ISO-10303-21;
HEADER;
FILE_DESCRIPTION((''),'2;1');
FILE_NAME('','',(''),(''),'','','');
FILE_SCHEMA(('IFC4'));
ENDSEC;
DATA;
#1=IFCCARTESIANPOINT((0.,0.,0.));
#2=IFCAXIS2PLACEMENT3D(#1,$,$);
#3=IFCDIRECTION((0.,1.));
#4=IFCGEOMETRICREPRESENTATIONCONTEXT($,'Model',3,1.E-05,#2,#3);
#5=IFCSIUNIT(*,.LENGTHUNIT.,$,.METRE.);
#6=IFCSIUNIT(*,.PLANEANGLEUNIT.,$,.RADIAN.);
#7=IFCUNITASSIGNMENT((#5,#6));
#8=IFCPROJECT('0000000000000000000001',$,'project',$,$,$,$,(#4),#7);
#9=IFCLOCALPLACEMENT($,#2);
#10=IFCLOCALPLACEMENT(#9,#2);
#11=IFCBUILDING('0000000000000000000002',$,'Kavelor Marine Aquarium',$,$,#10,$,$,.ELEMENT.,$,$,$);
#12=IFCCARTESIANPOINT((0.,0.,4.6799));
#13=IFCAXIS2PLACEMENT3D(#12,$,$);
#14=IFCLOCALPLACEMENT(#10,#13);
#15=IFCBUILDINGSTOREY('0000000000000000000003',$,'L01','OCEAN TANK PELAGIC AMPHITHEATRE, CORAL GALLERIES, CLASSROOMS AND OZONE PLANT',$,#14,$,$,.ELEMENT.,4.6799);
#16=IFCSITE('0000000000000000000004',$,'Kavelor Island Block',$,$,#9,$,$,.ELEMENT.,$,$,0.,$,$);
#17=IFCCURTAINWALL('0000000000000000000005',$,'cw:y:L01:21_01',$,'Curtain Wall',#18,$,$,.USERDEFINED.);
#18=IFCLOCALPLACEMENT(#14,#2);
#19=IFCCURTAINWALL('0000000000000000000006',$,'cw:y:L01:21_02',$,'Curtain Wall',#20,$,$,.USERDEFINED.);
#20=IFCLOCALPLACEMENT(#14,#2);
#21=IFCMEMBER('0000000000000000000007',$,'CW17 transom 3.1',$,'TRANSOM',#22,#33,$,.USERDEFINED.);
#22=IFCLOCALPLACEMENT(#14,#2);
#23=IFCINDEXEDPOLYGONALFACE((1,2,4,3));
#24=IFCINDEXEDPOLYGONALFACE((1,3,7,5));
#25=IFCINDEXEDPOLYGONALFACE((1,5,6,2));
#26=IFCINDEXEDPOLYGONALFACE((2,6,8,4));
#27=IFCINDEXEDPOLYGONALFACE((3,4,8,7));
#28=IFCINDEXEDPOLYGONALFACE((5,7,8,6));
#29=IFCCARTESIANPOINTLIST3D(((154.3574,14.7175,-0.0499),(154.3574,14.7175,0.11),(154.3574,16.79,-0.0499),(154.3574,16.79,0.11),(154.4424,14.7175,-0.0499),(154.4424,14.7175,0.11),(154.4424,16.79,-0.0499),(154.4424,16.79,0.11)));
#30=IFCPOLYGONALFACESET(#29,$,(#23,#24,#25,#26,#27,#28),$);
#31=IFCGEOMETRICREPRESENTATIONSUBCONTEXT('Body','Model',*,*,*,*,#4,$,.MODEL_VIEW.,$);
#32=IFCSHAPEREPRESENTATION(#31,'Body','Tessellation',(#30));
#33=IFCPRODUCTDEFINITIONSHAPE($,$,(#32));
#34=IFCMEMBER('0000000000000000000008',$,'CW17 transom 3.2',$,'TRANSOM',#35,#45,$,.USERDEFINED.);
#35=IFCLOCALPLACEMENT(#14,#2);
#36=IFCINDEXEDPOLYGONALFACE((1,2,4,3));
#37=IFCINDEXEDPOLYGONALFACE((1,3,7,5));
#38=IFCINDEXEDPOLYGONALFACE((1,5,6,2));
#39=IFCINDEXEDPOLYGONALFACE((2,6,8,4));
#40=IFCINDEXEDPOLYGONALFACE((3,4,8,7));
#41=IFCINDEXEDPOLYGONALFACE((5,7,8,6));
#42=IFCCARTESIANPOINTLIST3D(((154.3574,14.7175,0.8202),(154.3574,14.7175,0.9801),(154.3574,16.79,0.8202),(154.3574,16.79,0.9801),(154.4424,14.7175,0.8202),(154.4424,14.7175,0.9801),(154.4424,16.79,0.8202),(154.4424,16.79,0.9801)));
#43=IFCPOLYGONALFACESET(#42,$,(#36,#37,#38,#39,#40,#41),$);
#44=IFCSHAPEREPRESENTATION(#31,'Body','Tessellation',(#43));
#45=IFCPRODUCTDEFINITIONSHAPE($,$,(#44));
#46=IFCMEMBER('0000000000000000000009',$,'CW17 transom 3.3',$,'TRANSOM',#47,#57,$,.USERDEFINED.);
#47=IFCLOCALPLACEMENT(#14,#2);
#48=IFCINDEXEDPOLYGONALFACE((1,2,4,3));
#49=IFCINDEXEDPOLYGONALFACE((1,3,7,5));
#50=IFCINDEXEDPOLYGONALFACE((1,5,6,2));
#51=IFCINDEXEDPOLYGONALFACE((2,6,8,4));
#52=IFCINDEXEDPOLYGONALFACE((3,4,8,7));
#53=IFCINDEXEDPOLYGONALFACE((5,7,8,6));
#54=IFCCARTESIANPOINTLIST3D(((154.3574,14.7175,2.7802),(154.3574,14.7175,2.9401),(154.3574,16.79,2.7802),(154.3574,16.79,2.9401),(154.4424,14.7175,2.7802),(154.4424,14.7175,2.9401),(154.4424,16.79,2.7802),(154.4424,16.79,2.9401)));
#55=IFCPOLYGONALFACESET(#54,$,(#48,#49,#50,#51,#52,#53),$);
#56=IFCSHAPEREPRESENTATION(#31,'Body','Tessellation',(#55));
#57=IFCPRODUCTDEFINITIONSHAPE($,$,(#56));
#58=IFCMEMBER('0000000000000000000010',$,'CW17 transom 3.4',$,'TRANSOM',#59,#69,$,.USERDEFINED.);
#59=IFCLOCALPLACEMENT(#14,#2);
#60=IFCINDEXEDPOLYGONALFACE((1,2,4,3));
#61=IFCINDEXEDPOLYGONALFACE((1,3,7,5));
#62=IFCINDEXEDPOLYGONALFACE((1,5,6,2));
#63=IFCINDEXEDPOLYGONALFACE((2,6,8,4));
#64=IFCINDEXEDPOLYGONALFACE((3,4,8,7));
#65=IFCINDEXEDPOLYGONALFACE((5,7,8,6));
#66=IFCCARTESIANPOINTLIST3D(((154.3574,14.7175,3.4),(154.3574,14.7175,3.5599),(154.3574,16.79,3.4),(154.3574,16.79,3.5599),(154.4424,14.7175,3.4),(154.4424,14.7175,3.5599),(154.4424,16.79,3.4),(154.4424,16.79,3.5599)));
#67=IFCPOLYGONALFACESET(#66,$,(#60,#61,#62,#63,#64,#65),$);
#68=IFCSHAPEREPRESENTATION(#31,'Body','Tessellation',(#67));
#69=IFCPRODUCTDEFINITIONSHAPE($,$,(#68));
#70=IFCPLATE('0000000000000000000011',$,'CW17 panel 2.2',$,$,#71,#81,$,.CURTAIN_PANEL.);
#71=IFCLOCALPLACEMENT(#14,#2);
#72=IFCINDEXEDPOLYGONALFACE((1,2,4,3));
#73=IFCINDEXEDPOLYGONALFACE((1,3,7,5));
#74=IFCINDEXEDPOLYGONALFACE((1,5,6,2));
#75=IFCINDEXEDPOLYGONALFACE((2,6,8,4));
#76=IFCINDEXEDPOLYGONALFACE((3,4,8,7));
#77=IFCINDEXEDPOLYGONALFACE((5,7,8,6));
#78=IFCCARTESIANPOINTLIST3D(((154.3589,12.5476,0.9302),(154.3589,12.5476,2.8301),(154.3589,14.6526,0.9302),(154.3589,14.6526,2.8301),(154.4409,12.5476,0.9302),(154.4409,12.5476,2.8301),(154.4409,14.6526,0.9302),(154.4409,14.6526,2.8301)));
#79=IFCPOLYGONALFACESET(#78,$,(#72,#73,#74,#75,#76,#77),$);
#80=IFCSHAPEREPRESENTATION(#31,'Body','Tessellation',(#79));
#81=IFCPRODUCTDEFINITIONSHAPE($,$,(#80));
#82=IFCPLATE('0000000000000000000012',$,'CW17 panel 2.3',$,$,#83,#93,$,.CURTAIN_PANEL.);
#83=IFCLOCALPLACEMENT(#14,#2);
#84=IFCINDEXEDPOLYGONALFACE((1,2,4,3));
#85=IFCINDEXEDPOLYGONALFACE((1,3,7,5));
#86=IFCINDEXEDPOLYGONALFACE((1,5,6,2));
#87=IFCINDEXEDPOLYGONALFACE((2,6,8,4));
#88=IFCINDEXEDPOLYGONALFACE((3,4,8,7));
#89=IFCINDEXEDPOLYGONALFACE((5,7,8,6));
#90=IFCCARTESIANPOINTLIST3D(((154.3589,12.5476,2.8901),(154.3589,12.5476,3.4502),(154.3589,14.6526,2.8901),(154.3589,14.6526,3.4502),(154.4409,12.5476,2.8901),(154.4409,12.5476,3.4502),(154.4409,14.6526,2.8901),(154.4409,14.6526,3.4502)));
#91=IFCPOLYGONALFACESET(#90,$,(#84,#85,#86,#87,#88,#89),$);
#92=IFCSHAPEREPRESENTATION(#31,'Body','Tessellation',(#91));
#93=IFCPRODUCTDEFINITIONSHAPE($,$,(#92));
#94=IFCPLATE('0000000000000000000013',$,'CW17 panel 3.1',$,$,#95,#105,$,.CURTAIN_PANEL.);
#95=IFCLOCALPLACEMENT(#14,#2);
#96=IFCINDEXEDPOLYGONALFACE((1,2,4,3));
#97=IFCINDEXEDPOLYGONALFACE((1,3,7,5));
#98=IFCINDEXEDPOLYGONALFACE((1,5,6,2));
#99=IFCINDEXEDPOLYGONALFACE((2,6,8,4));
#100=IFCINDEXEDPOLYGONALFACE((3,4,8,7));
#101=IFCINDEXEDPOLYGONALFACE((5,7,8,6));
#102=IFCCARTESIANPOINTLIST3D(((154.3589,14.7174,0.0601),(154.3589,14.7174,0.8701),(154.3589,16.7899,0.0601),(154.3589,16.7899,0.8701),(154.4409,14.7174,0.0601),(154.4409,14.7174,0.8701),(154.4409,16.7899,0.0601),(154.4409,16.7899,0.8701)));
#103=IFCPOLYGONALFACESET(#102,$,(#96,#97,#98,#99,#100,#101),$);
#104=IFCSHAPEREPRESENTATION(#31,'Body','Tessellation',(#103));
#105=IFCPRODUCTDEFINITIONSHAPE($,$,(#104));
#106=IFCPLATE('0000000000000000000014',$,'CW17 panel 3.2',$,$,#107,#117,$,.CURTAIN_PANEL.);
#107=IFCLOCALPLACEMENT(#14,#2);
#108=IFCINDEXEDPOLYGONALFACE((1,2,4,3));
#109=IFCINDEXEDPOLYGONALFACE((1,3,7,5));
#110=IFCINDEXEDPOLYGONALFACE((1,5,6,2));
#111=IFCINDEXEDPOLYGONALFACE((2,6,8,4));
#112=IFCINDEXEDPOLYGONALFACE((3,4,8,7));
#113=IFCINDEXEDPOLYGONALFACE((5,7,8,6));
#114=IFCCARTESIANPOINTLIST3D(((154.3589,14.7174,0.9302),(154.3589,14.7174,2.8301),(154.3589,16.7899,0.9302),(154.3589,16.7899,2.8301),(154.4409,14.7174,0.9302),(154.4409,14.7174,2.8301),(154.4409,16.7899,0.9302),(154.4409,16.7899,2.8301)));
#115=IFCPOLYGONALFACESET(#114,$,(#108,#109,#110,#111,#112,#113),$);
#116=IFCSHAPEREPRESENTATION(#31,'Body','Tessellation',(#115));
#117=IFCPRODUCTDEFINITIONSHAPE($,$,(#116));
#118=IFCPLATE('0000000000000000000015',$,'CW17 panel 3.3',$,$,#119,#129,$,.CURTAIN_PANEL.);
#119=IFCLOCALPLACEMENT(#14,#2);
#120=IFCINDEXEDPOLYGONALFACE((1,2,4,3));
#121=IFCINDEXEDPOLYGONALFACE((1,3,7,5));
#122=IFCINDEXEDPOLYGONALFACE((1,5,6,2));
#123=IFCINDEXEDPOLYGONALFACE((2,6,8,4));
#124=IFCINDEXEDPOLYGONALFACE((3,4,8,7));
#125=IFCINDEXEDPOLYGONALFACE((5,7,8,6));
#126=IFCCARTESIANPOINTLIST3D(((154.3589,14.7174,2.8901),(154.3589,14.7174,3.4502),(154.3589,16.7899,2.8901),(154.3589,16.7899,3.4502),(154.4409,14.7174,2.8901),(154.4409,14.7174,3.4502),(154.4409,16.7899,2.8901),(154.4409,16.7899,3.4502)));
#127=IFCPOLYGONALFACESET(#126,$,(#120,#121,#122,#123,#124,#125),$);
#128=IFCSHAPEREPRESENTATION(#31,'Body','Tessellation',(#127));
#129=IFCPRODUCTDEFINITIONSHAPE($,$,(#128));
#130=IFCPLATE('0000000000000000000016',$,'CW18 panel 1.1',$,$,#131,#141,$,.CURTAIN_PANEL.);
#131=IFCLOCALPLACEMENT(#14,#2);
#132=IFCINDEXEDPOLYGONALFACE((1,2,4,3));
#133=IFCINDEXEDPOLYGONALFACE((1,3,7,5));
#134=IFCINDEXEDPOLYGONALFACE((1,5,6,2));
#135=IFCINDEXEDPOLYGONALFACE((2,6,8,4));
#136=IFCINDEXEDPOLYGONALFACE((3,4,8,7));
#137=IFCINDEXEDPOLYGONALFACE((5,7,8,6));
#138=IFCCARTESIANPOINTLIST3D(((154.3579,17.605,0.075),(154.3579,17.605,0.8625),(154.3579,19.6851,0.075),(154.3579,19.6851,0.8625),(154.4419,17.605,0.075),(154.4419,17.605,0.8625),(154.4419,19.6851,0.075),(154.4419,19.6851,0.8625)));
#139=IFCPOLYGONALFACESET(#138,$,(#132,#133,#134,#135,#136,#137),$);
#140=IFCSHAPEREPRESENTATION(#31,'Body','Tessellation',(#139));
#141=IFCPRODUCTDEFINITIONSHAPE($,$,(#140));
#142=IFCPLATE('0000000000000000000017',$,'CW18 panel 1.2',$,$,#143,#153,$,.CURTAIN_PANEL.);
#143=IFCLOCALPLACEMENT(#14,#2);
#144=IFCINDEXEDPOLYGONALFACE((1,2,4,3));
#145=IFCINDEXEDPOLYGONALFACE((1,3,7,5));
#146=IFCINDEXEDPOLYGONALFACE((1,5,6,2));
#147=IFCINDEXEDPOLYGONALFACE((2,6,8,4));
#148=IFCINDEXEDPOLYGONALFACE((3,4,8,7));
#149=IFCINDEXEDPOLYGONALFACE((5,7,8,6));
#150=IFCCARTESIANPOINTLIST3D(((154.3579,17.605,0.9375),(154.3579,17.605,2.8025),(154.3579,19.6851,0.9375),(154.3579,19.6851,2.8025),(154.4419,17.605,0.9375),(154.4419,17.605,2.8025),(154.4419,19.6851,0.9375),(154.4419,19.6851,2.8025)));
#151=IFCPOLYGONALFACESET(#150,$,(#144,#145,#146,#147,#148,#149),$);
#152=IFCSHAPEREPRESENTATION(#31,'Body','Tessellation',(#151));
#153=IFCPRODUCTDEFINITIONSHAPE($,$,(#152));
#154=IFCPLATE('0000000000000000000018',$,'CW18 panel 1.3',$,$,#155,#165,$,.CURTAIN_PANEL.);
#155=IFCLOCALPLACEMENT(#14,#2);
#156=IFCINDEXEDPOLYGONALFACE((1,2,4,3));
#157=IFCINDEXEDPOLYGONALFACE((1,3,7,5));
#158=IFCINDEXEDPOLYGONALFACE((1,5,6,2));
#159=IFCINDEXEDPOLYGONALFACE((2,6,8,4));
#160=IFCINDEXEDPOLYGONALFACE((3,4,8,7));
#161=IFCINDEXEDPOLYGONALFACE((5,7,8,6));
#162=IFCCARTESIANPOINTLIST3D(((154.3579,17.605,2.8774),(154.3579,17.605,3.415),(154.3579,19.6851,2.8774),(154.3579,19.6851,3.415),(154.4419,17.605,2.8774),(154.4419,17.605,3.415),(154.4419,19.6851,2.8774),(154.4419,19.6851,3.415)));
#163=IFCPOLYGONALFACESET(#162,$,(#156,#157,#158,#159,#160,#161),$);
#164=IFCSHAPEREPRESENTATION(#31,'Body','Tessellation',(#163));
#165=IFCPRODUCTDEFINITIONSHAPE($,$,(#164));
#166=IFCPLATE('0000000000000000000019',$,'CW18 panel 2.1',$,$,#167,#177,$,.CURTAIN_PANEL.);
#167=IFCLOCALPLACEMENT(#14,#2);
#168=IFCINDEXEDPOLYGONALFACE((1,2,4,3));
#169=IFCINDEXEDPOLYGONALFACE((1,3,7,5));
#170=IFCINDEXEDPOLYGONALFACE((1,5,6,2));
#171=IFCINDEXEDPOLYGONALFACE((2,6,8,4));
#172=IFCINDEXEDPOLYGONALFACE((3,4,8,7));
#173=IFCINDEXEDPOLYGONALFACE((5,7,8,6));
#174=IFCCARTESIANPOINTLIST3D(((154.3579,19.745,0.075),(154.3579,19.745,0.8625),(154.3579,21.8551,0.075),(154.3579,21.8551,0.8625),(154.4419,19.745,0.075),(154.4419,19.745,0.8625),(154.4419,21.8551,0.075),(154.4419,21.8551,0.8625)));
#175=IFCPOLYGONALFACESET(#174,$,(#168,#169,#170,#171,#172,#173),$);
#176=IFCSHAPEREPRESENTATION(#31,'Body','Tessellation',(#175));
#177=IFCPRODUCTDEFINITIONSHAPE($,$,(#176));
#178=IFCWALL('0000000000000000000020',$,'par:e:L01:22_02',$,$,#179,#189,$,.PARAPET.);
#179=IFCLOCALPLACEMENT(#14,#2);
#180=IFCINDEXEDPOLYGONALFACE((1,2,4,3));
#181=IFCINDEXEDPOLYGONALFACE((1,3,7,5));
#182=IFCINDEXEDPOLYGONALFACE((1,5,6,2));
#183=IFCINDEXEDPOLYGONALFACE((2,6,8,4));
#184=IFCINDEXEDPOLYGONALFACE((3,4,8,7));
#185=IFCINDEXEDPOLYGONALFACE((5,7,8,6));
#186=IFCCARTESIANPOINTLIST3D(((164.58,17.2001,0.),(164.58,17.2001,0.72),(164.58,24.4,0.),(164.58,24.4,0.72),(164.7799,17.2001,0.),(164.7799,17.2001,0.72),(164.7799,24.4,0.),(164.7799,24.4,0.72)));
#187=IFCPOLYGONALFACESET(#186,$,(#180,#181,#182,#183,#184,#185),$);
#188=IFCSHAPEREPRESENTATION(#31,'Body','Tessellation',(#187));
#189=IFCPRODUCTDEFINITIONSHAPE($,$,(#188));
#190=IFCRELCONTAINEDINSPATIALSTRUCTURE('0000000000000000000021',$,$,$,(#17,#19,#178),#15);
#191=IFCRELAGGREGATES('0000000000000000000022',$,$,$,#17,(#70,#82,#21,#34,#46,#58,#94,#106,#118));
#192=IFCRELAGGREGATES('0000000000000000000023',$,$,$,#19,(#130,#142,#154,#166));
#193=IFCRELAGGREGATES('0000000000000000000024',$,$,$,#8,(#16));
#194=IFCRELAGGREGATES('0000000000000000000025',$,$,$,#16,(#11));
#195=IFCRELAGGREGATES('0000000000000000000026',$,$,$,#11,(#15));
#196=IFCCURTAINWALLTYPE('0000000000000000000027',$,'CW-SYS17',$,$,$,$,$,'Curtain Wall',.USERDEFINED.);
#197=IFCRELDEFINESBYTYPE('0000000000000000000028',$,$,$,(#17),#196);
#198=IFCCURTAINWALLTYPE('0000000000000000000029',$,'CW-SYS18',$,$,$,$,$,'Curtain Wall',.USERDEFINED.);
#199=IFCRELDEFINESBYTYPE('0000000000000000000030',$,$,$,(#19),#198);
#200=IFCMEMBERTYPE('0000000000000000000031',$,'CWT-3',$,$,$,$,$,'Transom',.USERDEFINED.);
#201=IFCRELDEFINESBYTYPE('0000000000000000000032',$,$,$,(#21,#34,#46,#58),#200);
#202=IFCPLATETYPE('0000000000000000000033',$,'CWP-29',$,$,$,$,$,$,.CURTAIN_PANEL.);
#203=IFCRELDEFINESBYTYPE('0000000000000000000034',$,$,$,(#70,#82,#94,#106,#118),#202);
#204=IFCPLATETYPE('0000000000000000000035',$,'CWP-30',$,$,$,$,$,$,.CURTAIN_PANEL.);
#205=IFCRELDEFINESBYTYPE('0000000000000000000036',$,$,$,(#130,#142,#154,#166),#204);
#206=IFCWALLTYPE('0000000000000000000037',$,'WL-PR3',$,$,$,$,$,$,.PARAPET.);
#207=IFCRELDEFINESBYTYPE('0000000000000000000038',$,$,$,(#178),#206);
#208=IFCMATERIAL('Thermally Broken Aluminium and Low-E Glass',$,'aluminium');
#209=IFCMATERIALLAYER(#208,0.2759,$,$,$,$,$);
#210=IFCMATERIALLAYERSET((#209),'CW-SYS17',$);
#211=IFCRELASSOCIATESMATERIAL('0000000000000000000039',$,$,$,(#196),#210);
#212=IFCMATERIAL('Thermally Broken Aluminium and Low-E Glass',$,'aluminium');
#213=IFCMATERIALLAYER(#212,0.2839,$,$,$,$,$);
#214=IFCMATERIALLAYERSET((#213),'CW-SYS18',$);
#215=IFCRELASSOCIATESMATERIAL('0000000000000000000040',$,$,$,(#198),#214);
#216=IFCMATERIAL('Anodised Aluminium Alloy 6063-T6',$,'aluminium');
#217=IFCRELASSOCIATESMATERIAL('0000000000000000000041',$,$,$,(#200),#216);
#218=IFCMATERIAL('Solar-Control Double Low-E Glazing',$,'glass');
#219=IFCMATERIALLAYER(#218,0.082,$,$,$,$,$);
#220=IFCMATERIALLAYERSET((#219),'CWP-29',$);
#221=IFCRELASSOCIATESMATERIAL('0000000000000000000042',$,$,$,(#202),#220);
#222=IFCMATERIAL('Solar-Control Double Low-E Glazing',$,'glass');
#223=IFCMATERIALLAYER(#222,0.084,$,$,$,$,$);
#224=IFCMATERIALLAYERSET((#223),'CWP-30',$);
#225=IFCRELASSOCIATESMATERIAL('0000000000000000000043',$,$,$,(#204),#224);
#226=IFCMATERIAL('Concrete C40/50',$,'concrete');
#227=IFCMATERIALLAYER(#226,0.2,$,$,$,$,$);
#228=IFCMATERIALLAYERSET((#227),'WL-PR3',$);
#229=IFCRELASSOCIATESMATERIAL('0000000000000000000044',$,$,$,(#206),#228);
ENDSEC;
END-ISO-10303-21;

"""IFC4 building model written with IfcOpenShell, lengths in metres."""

from ifc_helpers import new_model, si_unit, direction, frame, frame_2d, origin, origin_2d, place, context, subcontext, project, spatial, rectangle, extrude, material, layer, layer_set, material_profile, profile_set, type_object, element, aggregate, save


model = new_model("IFC4")

# Units and contexts
model_context = context("Model", 3, precision=1e-05, world=origin(), true_north=direction((0.0, 1.0)))
body_context = subcontext(model_context, "Body", "Model", "MODEL_VIEW")
ifc_project = project(units=[si_unit("LENGTHUNIT", "METRE"), si_unit("PLANEANGLEUNIT", "RADIAN")], contexts=[model_context])

# Site, building, storey
site_placement = place(None, origin())
site = spatial("IfcSite", under=ifc_project, at=site_placement, Name="Kavelor Island Block", CompositionType="ELEMENT", RefElevation=0.0)
building_placement = place(site_placement, origin())
building = spatial("IfcBuilding", under=site, at=building_placement, Name="Kavelor Marine Aquarium", CompositionType="ELEMENT")
storey_placement = place(building_placement, frame((0.0, 0.0, 4.6799)))
storey = spatial("IfcBuildingStorey", under=building, at=storey_placement, Name="L01", Description="OCEAN TANK PELAGIC AMPHITHEATRE, CORAL GALLERIES, CLASSROOMS AND OZONE PLANT", CompositionType="ELEMENT", Elevation=4.6799)

# Curtain walls
ifc_material_1 = material(Name="Thermally Broken Aluminium and Low-E Glass", Category="aluminium")
ifc_layer_1 = layer(ifc_material_1, 0.2759)
ifc_layer_set_1 = layer_set([ifc_layer_1], Name="CW-SYS17")
curtain_wall_type_1 = type_object("IfcCurtainWallType", Name="CW-SYS17", ElementType="Curtain Wall", PredefinedType="USERDEFINED", material=ifc_layer_set_1)
curtain_wall_1_placement = place(storey_placement, origin())
curtain_wall_1 = element("IfcCurtainWall", 1, at=curtain_wall_1_placement, inside=storey, type_object=curtain_wall_type_1, Name="cw:y:L01:21_01", ObjectType="Curtain Wall", PredefinedType="USERDEFINED")
ifc_material_2 = material(Name="Thermally Broken Aluminium and Low-E Glass", Category="aluminium")
ifc_layer_2 = layer(ifc_material_2, 0.2839)
ifc_layer_set_2 = layer_set([ifc_layer_2], Name="CW-SYS18")
curtain_wall_type_2 = type_object("IfcCurtainWallType", Name="CW-SYS18", ElementType="Curtain Wall", PredefinedType="USERDEFINED", material=ifc_layer_set_2)
curtain_wall_2_placement = place(storey_placement, origin())
curtain_wall_2 = element("IfcCurtainWall", 2, at=curtain_wall_2_placement, inside=storey, type_object=curtain_wall_type_2, Name="cw:y:L01:21_02", ObjectType="Curtain Wall", PredefinedType="USERDEFINED")

# Members
ifc_material_3 = material(Name="Anodised Aluminium Alloy 6063-T6", Category="aluminium")
ifc_material_profile_1 = material_profile(ifc_material_3, rectangle(XDim=0.085, YDim=0.1599, at=origin_2d()), Name="CW-TRN 85x160")
ifc_profile_set_1 = profile_set([ifc_material_profile_1], Name="Anodised Aluminium Alloy 6063-T6")
member_type_1 = type_object("IfcMemberType", Name="CWT-3", ElementType="Transom", PredefinedType="USERDEFINED", material=ifc_profile_set_1)
member_1_placement = place(storey_placement, frame((154.3999, 14.7175, 0.03), z_axis=(0.0, 1.0, 0.0), x_axis=(-1.0, 0.0, 0.0)))
member_1 = element("IfcMember", 3, at=member_1_placement, type_object=member_type_1, Name="CW17 transom 3.1", ObjectType="TRANSOM", PredefinedType="USERDEFINED", context=body_context, shape_type="SweptSolid", body=[
    extrude(rectangle(XDim=0.085, YDim=0.1599, at=origin_2d()), origin(), (0.0, 0.0, 1.0), 2.0725),
])
member_2_placement = place(storey_placement, frame((154.3999, 14.7175, 0.9001), z_axis=(0.0, 1.0, 0.0), x_axis=(-1.0, 0.0, 0.0)))
member_2 = element("IfcMember", 4, at=member_2_placement, type_object=member_type_1, Name="CW17 transom 3.2", ObjectType="TRANSOM", PredefinedType="USERDEFINED", context=body_context, shape_type="SweptSolid", body=[
    extrude(rectangle(XDim=0.085, YDim=0.1599, at=origin_2d()), origin(), (0.0, 0.0, 1.0), 2.0725),
])
member_3_placement = place(storey_placement, frame((154.3999, 14.7175, 2.8601), z_axis=(0.0, 1.0, 0.0), x_axis=(-1.0, 0.0, 0.0)))
member_3 = element("IfcMember", 5, at=member_3_placement, type_object=member_type_1, Name="CW17 transom 3.3", ObjectType="TRANSOM", PredefinedType="USERDEFINED", context=body_context, shape_type="SweptSolid", body=[
    extrude(rectangle(XDim=0.085, YDim=0.1599, at=origin_2d()), origin(), (0.0, 0.0, 1.0), 2.0725),
])
member_4_placement = place(storey_placement, frame((154.3999, 14.7175, 3.48), z_axis=(0.0, 1.0, 0.0), x_axis=(-1.0, 0.0, 0.0)))
member_4 = element("IfcMember", 6, at=member_4_placement, type_object=member_type_1, Name="CW17 transom 3.4", ObjectType="TRANSOM", PredefinedType="USERDEFINED", context=body_context, shape_type="SweptSolid", body=[
    extrude(rectangle(XDim=0.085, YDim=0.1599, at=origin_2d()), origin(), (0.0, 0.0, 1.0), 2.0725),
])

# Plates
ifc_material_4 = material(Name="Solar-Control Double Low-E Glazing", Category="glass")
ifc_layer_3 = layer(ifc_material_4, 0.082)
ifc_layer_set_3 = layer_set([ifc_layer_3], Name="CWP-29")
plate_type_1 = type_object("IfcPlateType", Name="CWP-29", PredefinedType="CURTAIN_PANEL", material=ifc_layer_set_3)
plate_1_placement = place(storey_placement, frame((154.3999, 13.6001, 0.9302), z_axis=(0.0, 0.0, 1.0), x_axis=(0.0, 1.0, 0.0)))
plate_1 = element("IfcPlate", 7, at=plate_1_placement, type_object=plate_type_1, Name="CW17 panel 2.2", PredefinedType="CURTAIN_PANEL", context=body_context, shape_type="SweptSolid", body=[
    extrude(rectangle(XDim=2.105, YDim=0.082, at=origin_2d()), origin(), (0.0, 0.0, 1.0), 1.8999),
])
plate_2_placement = place(storey_placement, frame((154.3999, 13.6001, 2.8901), z_axis=(0.0, 0.0, 1.0), x_axis=(0.0, 1.0, 0.0)))
plate_2 = element("IfcPlate", 8, at=plate_2_placement, type_object=plate_type_1, Name="CW17 panel 2.3", PredefinedType="CURTAIN_PANEL", context=body_context, shape_type="SweptSolid", body=[
    extrude(rectangle(XDim=2.105, YDim=0.082, at=origin_2d()), origin(), (0.0, 0.0, 1.0), 0.5601),
])
plate_3_placement = place(storey_placement, frame((154.3999, 15.7537, 0.0601), z_axis=(0.0, 0.0, 1.0), x_axis=(0.0, 1.0, 0.0)))
plate_3 = element("IfcPlate", 9, at=plate_3_placement, type_object=plate_type_1, Name="CW17 panel 3.1", PredefinedType="CURTAIN_PANEL", context=body_context, shape_type="SweptSolid", body=[
    extrude(rectangle(XDim=2.0725, YDim=0.082, at=origin_2d()), origin(), (0.0, 0.0, 1.0), 0.8101),
])
plate_4_placement = place(storey_placement, frame((154.3999, 15.7537, 0.9302), z_axis=(0.0, 0.0, 1.0), x_axis=(0.0, 1.0, 0.0)))
plate_4 = element("IfcPlate", 10, at=plate_4_placement, type_object=plate_type_1, Name="CW17 panel 3.2", PredefinedType="CURTAIN_PANEL", context=body_context, shape_type="SweptSolid", body=[
    extrude(rectangle(XDim=2.0725, YDim=0.082, at=origin_2d()), origin(), (0.0, 0.0, 1.0), 1.8999),
])
plate_5_placement = place(storey_placement, frame((154.3999, 15.7537, 2.8901), z_axis=(0.0, 0.0, 1.0), x_axis=(0.0, 1.0, 0.0)))
plate_5 = element("IfcPlate", 11, at=plate_5_placement, type_object=plate_type_1, Name="CW17 panel 3.3", PredefinedType="CURTAIN_PANEL", context=body_context, shape_type="SweptSolid", body=[
    extrude(rectangle(XDim=2.0725, YDim=0.082, at=origin_2d()), origin(), (0.0, 0.0, 1.0), 0.5601),
])
aggregate(curtain_wall_1, [plate_1, plate_2, member_1, member_2, member_3, member_4, plate_3, plate_4, plate_5])
ifc_material_5 = material(Name="Solar-Control Double Low-E Glazing", Category="glass")
ifc_layer_4 = layer(ifc_material_5, 0.084)
ifc_layer_set_4 = layer_set([ifc_layer_4], Name="CWP-30")
plate_type_2 = type_object("IfcPlateType", Name="CWP-30", PredefinedType="CURTAIN_PANEL", material=ifc_layer_set_4)
plate_6_placement = place(storey_placement, frame((154.3999, 18.645, 0.075), z_axis=(0.0, 0.0, 1.0), x_axis=(0.0, 1.0, 0.0)))
plate_6 = element("IfcPlate", 12, at=plate_6_placement, type_object=plate_type_2, Name="CW18 panel 1.1", PredefinedType="CURTAIN_PANEL", context=body_context, shape_type="SweptSolid", body=[
    extrude(rectangle(XDim=2.0801, YDim=0.084, at=origin_2d()), origin(), (0.0, 0.0, 1.0), 0.7876),
])
plate_7_placement = place(storey_placement, frame((154.3999, 18.645, 0.9375), z_axis=(0.0, 0.0, 1.0), x_axis=(0.0, 1.0, 0.0)))
plate_7 = element("IfcPlate", 13, at=plate_7_placement, type_object=plate_type_2, Name="CW18 panel 1.2", PredefinedType="CURTAIN_PANEL", context=body_context, shape_type="SweptSolid", body=[
    extrude(rectangle(XDim=2.0801, YDim=0.084, at=origin_2d()), origin(), (0.0, 0.0, 1.0), 1.865),
])
plate_8_placement = place(storey_placement, frame((154.3999, 18.645, 2.8774), z_axis=(0.0, 0.0, 1.0), x_axis=(0.0, 1.0, 0.0)))
plate_8 = element("IfcPlate", 14, at=plate_8_placement, type_object=plate_type_2, Name="CW18 panel 1.3", PredefinedType="CURTAIN_PANEL", context=body_context, shape_type="SweptSolid", body=[
    extrude(rectangle(XDim=2.0801, YDim=0.084, at=origin_2d()), origin(), (0.0, 0.0, 1.0), 0.5376),
])
plate_9_placement = place(storey_placement, frame((154.3999, 20.8, 0.075), z_axis=(0.0, 0.0, 1.0), x_axis=(0.0, 1.0, 0.0)))
plate_9 = element("IfcPlate", 15, at=plate_9_placement, type_object=plate_type_2, Name="CW18 panel 2.1", PredefinedType="CURTAIN_PANEL", context=body_context, shape_type="SweptSolid", body=[
    extrude(rectangle(XDim=2.1101, YDim=0.084, at=origin_2d()), origin(), (0.0, 0.0, 1.0), 0.7876),
])
aggregate(curtain_wall_2, [plate_6, plate_7, plate_8, plate_9])

# Wall
ifc_material_6 = material(Name="Concrete C40/50", Category="concrete")
ifc_layer_5 = layer(ifc_material_6, 0.2)
ifc_layer_set_5 = layer_set([ifc_layer_5], Name="WL-PR3")
wall_type = type_object("IfcWallType", Name="WL-PR3", PredefinedType="PARAPET", material=ifc_layer_set_5)
wall_placement = place(storey_placement, frame((164.6799, 17.2, 0.0), z_axis=(0.0, 0.0, 1.0), x_axis=(0.0, 1.0, 0.0)))
element("IfcWall", 16, at=wall_placement, inside=storey, type_object=wall_type, Name="par:e:L01:22_02", PredefinedType="PARAPET", context=body_context, shape_type="SweptSolid", body=[
    extrude(rectangle(XDim=7.2, YDim=0.2, at=frame_2d((3.6001, 0.0))), origin(), (0.0, 0.0, 1.0), 0.72),
])

save(model, "model.ifc")
